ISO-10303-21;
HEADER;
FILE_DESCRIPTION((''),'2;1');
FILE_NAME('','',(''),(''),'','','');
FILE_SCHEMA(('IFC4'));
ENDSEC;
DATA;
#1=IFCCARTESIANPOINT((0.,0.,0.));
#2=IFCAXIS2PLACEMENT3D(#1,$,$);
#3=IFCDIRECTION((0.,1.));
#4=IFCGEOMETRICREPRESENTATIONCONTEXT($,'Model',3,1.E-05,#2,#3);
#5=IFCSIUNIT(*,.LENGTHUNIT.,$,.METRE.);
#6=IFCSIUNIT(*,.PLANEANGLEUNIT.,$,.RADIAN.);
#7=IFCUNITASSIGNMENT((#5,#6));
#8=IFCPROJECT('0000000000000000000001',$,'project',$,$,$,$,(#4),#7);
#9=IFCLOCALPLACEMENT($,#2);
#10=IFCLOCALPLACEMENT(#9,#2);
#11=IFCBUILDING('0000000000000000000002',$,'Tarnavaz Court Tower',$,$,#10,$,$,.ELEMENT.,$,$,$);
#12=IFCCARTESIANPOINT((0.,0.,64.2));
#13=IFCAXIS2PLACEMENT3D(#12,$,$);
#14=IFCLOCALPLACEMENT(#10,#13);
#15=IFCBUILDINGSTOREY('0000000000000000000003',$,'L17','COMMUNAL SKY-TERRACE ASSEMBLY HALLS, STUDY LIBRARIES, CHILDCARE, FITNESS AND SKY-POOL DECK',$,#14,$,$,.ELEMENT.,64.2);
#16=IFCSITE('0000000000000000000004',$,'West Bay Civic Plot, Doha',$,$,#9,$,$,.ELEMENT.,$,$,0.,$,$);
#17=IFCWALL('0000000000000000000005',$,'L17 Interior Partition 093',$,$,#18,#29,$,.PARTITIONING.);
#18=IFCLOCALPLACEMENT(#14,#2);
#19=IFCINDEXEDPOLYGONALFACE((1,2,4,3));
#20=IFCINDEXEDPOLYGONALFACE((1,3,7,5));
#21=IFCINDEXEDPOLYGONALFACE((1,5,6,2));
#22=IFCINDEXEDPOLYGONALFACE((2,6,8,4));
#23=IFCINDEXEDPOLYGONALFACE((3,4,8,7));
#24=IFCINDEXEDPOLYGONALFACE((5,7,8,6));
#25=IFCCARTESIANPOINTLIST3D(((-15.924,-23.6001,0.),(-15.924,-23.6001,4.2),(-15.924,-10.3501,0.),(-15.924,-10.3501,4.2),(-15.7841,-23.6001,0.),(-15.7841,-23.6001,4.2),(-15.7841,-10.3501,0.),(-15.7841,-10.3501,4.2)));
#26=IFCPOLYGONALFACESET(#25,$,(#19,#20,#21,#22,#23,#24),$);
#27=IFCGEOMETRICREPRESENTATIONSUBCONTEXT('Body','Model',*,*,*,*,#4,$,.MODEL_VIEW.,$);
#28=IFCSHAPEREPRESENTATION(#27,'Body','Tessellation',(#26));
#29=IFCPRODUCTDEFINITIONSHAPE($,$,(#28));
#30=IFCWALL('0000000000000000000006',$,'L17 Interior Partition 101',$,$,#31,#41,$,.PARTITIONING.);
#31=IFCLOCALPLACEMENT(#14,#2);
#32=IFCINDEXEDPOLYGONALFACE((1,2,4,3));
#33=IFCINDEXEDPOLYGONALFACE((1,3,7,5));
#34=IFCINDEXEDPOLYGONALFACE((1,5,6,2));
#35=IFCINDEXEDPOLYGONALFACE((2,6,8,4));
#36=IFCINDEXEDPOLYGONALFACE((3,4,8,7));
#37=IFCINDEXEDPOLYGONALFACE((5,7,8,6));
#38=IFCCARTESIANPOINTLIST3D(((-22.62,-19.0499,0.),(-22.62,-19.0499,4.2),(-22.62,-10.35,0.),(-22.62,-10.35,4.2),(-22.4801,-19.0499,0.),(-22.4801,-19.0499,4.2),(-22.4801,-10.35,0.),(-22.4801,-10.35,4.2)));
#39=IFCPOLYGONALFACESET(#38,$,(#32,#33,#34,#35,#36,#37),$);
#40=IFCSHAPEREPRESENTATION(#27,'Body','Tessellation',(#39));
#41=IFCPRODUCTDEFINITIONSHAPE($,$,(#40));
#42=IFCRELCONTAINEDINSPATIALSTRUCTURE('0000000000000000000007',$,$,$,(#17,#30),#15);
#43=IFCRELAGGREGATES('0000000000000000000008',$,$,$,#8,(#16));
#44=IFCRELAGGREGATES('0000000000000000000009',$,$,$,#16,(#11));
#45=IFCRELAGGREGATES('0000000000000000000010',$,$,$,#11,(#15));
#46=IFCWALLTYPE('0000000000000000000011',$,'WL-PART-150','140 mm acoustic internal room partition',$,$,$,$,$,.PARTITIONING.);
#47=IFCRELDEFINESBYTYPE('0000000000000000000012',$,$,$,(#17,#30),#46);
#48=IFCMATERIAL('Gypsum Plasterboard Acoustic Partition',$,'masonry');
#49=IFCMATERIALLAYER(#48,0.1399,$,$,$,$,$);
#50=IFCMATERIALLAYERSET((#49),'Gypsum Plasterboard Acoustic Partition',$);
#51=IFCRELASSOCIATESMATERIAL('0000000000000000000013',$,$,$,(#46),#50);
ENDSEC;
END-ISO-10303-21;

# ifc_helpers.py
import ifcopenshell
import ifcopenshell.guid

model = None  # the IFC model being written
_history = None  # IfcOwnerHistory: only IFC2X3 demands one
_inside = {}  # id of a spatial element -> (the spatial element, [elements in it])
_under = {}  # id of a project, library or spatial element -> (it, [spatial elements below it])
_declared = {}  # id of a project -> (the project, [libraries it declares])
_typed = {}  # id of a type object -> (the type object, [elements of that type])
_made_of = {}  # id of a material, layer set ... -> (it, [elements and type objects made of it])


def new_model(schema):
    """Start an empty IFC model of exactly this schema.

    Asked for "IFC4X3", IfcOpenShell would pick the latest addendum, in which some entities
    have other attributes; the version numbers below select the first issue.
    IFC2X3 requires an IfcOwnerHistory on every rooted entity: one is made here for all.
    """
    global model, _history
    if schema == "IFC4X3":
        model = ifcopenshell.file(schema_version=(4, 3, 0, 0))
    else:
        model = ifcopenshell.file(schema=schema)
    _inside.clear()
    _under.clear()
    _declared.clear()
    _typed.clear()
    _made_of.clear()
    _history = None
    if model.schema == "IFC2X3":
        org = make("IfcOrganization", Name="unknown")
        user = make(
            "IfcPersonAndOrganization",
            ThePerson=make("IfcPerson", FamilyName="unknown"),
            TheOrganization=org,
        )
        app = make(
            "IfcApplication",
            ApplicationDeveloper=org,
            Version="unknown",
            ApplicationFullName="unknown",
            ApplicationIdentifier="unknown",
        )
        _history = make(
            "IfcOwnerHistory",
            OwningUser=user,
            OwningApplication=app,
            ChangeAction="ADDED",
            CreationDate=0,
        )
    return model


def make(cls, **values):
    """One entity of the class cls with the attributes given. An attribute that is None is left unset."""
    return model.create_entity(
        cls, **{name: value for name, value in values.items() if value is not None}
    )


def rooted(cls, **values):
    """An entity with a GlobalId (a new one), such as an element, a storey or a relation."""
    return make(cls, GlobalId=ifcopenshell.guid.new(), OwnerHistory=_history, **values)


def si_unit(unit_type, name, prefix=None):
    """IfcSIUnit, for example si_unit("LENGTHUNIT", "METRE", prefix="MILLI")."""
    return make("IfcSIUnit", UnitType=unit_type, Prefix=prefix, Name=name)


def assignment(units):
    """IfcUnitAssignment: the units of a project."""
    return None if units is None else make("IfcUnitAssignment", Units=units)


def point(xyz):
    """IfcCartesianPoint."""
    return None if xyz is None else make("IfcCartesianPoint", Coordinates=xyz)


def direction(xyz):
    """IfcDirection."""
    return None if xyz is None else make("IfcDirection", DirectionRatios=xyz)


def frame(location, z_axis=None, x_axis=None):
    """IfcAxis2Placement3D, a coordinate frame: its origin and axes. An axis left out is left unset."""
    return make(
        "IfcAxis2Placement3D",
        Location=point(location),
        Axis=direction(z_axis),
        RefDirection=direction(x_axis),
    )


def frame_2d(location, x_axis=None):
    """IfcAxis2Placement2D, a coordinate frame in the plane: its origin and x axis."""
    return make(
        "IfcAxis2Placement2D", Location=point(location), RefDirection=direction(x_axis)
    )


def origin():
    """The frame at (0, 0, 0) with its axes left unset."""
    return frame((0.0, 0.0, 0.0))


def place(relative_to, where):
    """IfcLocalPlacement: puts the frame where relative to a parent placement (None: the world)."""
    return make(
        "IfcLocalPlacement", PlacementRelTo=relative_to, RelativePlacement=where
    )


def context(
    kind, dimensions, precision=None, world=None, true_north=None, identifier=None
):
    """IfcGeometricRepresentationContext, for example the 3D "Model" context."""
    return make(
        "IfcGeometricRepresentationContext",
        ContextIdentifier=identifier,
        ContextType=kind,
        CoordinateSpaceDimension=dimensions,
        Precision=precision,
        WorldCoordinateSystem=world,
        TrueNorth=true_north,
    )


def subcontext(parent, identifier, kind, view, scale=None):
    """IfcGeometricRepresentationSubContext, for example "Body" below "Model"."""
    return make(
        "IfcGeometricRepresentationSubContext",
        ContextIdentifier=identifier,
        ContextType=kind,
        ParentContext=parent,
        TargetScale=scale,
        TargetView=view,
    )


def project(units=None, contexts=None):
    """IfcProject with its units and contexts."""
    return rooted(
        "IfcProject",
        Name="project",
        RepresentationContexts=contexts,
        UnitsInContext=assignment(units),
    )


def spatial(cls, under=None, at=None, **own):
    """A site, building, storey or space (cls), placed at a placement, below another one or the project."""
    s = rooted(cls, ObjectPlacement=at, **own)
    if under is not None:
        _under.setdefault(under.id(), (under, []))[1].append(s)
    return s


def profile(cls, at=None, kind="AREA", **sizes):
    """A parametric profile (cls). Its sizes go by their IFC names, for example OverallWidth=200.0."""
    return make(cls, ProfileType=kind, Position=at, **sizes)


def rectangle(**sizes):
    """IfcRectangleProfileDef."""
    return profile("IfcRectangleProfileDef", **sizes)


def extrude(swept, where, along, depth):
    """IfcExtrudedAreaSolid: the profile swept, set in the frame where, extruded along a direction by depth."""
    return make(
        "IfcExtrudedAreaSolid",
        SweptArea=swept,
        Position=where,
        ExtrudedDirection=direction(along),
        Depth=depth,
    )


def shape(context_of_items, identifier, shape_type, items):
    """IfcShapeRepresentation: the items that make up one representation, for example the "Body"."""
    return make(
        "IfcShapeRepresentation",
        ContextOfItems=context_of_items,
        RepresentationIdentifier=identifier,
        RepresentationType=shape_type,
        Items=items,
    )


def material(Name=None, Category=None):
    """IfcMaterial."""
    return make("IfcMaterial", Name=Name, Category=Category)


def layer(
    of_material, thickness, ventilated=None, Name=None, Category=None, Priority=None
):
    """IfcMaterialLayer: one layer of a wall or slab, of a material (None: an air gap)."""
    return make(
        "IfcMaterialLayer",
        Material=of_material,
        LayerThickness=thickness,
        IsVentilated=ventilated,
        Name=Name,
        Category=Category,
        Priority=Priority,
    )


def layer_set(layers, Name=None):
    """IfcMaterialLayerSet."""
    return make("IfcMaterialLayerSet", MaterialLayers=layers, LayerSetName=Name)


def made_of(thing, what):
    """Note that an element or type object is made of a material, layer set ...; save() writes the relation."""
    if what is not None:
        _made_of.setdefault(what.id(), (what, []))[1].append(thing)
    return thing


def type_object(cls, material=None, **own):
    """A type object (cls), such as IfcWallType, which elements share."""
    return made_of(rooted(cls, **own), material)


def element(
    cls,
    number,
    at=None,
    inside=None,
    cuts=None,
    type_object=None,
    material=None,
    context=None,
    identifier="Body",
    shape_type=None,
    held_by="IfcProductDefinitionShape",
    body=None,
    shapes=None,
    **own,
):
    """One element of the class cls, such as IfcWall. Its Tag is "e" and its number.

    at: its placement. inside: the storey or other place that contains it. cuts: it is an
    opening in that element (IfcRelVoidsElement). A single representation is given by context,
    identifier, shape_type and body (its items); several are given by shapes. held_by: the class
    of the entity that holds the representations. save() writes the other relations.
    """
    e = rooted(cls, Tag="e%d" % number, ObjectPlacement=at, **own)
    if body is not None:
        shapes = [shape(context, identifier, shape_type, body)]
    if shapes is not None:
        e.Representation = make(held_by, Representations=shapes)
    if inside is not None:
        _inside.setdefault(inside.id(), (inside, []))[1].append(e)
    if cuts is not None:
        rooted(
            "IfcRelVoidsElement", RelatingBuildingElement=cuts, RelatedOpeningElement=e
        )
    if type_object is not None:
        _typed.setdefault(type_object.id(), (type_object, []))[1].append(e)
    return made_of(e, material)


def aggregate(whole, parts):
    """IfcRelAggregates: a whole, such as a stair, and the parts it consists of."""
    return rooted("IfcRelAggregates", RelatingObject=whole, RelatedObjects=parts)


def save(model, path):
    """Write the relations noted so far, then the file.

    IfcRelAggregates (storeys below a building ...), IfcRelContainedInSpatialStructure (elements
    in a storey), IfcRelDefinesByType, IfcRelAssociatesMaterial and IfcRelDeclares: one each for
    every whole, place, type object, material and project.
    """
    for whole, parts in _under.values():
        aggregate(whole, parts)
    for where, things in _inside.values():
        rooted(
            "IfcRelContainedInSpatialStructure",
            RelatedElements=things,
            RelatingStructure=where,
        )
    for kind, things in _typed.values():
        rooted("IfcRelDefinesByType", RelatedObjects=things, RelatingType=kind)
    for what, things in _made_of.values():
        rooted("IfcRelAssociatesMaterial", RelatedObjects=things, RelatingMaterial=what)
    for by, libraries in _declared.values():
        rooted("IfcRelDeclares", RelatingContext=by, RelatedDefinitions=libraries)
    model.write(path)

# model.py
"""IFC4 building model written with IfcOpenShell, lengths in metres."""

from ifc_helpers import new_model, si_unit, direction, frame, frame_2d, origin, place, context, subcontext, project, spatial, rectangle, extrude, material, layer, layer_set, type_object, element, save


model = new_model("IFC4")

# Units and contexts
model_context = context("Model", 3, precision=1e-05, world=origin(), true_north=direction((0.0, 1.0)))
body_context = subcontext(model_context, "Body", "Model", "MODEL_VIEW")
ifc_project = project(units=[si_unit("LENGTHUNIT", "METRE"), si_unit("PLANEANGLEUNIT", "RADIAN")], contexts=[model_context])

# Site, building, storey
site_placement = place(None, origin())
site = spatial("IfcSite", under=ifc_project, at=site_placement, Name="West Bay Civic Plot, Doha", CompositionType="ELEMENT", RefElevation=0.0)
building_placement = place(site_placement, origin())
building = spatial("IfcBuilding", under=site, at=building_placement, Name="Tarnavaz Court Tower", CompositionType="ELEMENT")
storey_placement = place(building_placement, frame((0.0, 0.0, 64.2)))
storey = spatial("IfcBuildingStorey", under=building, at=storey_placement, Name="L17", Description="COMMUNAL SKY-TERRACE ASSEMBLY HALLS, STUDY LIBRARIES, CHILDCARE, FITNESS AND SKY-POOL DECK", CompositionType="ELEMENT", Elevation=64.2)

# Walls
ifc_material_1 = material(Name="Gypsum Plasterboard Acoustic Partition", Category="masonry")
ifc_layer_1 = layer(ifc_material_1, 0.1399)
ifc_layer_set_1 = layer_set([ifc_layer_1], Name="Gypsum Plasterboard Acoustic Partition")
wall_type_1 = type_object("IfcWallType", Name="WL-PART-150", Description="140 mm acoustic internal room partition", PredefinedType="PARTITIONING", material=ifc_layer_set_1)
wall_1_placement = place(storey_placement, frame((-15.854, -23.6001, 0.0), z_axis=(0.0, 0.0, 1.0), x_axis=(0.0, 1.0, 0.0)))
element("IfcWall", 1, at=wall_1_placement, inside=storey, type_object=wall_type_1, Name="L17 Interior Partition 093", PredefinedType="PARTITIONING", context=body_context, shape_type="SweptSolid", body=[
    extrude(rectangle(XDim=13.25, YDim=0.1399, at=frame_2d((6.625, 0.0))), origin(), (0.0, 0.0, 1.0), 4.2),
])
wall_2_placement = place(storey_placement, frame((-22.55, -19.05, 0.0), z_axis=(0.0, 0.0, 1.0), x_axis=(0.0, 1.0, 0.0)))
element("IfcWall", 2, at=wall_2_placement, inside=storey, type_object=wall_type_1, Name="L17 Interior Partition 101", PredefinedType="PARTITIONING", context=body_context, shape_type="SweptSolid", body=[
    extrude(rectangle(XDim=8.7, YDim=0.1399, at=frame_2d((4.3501, 0.0))), origin(), (0.0, 0.0, 1.0), 4.2),
])

save(model, "model.ifc")
